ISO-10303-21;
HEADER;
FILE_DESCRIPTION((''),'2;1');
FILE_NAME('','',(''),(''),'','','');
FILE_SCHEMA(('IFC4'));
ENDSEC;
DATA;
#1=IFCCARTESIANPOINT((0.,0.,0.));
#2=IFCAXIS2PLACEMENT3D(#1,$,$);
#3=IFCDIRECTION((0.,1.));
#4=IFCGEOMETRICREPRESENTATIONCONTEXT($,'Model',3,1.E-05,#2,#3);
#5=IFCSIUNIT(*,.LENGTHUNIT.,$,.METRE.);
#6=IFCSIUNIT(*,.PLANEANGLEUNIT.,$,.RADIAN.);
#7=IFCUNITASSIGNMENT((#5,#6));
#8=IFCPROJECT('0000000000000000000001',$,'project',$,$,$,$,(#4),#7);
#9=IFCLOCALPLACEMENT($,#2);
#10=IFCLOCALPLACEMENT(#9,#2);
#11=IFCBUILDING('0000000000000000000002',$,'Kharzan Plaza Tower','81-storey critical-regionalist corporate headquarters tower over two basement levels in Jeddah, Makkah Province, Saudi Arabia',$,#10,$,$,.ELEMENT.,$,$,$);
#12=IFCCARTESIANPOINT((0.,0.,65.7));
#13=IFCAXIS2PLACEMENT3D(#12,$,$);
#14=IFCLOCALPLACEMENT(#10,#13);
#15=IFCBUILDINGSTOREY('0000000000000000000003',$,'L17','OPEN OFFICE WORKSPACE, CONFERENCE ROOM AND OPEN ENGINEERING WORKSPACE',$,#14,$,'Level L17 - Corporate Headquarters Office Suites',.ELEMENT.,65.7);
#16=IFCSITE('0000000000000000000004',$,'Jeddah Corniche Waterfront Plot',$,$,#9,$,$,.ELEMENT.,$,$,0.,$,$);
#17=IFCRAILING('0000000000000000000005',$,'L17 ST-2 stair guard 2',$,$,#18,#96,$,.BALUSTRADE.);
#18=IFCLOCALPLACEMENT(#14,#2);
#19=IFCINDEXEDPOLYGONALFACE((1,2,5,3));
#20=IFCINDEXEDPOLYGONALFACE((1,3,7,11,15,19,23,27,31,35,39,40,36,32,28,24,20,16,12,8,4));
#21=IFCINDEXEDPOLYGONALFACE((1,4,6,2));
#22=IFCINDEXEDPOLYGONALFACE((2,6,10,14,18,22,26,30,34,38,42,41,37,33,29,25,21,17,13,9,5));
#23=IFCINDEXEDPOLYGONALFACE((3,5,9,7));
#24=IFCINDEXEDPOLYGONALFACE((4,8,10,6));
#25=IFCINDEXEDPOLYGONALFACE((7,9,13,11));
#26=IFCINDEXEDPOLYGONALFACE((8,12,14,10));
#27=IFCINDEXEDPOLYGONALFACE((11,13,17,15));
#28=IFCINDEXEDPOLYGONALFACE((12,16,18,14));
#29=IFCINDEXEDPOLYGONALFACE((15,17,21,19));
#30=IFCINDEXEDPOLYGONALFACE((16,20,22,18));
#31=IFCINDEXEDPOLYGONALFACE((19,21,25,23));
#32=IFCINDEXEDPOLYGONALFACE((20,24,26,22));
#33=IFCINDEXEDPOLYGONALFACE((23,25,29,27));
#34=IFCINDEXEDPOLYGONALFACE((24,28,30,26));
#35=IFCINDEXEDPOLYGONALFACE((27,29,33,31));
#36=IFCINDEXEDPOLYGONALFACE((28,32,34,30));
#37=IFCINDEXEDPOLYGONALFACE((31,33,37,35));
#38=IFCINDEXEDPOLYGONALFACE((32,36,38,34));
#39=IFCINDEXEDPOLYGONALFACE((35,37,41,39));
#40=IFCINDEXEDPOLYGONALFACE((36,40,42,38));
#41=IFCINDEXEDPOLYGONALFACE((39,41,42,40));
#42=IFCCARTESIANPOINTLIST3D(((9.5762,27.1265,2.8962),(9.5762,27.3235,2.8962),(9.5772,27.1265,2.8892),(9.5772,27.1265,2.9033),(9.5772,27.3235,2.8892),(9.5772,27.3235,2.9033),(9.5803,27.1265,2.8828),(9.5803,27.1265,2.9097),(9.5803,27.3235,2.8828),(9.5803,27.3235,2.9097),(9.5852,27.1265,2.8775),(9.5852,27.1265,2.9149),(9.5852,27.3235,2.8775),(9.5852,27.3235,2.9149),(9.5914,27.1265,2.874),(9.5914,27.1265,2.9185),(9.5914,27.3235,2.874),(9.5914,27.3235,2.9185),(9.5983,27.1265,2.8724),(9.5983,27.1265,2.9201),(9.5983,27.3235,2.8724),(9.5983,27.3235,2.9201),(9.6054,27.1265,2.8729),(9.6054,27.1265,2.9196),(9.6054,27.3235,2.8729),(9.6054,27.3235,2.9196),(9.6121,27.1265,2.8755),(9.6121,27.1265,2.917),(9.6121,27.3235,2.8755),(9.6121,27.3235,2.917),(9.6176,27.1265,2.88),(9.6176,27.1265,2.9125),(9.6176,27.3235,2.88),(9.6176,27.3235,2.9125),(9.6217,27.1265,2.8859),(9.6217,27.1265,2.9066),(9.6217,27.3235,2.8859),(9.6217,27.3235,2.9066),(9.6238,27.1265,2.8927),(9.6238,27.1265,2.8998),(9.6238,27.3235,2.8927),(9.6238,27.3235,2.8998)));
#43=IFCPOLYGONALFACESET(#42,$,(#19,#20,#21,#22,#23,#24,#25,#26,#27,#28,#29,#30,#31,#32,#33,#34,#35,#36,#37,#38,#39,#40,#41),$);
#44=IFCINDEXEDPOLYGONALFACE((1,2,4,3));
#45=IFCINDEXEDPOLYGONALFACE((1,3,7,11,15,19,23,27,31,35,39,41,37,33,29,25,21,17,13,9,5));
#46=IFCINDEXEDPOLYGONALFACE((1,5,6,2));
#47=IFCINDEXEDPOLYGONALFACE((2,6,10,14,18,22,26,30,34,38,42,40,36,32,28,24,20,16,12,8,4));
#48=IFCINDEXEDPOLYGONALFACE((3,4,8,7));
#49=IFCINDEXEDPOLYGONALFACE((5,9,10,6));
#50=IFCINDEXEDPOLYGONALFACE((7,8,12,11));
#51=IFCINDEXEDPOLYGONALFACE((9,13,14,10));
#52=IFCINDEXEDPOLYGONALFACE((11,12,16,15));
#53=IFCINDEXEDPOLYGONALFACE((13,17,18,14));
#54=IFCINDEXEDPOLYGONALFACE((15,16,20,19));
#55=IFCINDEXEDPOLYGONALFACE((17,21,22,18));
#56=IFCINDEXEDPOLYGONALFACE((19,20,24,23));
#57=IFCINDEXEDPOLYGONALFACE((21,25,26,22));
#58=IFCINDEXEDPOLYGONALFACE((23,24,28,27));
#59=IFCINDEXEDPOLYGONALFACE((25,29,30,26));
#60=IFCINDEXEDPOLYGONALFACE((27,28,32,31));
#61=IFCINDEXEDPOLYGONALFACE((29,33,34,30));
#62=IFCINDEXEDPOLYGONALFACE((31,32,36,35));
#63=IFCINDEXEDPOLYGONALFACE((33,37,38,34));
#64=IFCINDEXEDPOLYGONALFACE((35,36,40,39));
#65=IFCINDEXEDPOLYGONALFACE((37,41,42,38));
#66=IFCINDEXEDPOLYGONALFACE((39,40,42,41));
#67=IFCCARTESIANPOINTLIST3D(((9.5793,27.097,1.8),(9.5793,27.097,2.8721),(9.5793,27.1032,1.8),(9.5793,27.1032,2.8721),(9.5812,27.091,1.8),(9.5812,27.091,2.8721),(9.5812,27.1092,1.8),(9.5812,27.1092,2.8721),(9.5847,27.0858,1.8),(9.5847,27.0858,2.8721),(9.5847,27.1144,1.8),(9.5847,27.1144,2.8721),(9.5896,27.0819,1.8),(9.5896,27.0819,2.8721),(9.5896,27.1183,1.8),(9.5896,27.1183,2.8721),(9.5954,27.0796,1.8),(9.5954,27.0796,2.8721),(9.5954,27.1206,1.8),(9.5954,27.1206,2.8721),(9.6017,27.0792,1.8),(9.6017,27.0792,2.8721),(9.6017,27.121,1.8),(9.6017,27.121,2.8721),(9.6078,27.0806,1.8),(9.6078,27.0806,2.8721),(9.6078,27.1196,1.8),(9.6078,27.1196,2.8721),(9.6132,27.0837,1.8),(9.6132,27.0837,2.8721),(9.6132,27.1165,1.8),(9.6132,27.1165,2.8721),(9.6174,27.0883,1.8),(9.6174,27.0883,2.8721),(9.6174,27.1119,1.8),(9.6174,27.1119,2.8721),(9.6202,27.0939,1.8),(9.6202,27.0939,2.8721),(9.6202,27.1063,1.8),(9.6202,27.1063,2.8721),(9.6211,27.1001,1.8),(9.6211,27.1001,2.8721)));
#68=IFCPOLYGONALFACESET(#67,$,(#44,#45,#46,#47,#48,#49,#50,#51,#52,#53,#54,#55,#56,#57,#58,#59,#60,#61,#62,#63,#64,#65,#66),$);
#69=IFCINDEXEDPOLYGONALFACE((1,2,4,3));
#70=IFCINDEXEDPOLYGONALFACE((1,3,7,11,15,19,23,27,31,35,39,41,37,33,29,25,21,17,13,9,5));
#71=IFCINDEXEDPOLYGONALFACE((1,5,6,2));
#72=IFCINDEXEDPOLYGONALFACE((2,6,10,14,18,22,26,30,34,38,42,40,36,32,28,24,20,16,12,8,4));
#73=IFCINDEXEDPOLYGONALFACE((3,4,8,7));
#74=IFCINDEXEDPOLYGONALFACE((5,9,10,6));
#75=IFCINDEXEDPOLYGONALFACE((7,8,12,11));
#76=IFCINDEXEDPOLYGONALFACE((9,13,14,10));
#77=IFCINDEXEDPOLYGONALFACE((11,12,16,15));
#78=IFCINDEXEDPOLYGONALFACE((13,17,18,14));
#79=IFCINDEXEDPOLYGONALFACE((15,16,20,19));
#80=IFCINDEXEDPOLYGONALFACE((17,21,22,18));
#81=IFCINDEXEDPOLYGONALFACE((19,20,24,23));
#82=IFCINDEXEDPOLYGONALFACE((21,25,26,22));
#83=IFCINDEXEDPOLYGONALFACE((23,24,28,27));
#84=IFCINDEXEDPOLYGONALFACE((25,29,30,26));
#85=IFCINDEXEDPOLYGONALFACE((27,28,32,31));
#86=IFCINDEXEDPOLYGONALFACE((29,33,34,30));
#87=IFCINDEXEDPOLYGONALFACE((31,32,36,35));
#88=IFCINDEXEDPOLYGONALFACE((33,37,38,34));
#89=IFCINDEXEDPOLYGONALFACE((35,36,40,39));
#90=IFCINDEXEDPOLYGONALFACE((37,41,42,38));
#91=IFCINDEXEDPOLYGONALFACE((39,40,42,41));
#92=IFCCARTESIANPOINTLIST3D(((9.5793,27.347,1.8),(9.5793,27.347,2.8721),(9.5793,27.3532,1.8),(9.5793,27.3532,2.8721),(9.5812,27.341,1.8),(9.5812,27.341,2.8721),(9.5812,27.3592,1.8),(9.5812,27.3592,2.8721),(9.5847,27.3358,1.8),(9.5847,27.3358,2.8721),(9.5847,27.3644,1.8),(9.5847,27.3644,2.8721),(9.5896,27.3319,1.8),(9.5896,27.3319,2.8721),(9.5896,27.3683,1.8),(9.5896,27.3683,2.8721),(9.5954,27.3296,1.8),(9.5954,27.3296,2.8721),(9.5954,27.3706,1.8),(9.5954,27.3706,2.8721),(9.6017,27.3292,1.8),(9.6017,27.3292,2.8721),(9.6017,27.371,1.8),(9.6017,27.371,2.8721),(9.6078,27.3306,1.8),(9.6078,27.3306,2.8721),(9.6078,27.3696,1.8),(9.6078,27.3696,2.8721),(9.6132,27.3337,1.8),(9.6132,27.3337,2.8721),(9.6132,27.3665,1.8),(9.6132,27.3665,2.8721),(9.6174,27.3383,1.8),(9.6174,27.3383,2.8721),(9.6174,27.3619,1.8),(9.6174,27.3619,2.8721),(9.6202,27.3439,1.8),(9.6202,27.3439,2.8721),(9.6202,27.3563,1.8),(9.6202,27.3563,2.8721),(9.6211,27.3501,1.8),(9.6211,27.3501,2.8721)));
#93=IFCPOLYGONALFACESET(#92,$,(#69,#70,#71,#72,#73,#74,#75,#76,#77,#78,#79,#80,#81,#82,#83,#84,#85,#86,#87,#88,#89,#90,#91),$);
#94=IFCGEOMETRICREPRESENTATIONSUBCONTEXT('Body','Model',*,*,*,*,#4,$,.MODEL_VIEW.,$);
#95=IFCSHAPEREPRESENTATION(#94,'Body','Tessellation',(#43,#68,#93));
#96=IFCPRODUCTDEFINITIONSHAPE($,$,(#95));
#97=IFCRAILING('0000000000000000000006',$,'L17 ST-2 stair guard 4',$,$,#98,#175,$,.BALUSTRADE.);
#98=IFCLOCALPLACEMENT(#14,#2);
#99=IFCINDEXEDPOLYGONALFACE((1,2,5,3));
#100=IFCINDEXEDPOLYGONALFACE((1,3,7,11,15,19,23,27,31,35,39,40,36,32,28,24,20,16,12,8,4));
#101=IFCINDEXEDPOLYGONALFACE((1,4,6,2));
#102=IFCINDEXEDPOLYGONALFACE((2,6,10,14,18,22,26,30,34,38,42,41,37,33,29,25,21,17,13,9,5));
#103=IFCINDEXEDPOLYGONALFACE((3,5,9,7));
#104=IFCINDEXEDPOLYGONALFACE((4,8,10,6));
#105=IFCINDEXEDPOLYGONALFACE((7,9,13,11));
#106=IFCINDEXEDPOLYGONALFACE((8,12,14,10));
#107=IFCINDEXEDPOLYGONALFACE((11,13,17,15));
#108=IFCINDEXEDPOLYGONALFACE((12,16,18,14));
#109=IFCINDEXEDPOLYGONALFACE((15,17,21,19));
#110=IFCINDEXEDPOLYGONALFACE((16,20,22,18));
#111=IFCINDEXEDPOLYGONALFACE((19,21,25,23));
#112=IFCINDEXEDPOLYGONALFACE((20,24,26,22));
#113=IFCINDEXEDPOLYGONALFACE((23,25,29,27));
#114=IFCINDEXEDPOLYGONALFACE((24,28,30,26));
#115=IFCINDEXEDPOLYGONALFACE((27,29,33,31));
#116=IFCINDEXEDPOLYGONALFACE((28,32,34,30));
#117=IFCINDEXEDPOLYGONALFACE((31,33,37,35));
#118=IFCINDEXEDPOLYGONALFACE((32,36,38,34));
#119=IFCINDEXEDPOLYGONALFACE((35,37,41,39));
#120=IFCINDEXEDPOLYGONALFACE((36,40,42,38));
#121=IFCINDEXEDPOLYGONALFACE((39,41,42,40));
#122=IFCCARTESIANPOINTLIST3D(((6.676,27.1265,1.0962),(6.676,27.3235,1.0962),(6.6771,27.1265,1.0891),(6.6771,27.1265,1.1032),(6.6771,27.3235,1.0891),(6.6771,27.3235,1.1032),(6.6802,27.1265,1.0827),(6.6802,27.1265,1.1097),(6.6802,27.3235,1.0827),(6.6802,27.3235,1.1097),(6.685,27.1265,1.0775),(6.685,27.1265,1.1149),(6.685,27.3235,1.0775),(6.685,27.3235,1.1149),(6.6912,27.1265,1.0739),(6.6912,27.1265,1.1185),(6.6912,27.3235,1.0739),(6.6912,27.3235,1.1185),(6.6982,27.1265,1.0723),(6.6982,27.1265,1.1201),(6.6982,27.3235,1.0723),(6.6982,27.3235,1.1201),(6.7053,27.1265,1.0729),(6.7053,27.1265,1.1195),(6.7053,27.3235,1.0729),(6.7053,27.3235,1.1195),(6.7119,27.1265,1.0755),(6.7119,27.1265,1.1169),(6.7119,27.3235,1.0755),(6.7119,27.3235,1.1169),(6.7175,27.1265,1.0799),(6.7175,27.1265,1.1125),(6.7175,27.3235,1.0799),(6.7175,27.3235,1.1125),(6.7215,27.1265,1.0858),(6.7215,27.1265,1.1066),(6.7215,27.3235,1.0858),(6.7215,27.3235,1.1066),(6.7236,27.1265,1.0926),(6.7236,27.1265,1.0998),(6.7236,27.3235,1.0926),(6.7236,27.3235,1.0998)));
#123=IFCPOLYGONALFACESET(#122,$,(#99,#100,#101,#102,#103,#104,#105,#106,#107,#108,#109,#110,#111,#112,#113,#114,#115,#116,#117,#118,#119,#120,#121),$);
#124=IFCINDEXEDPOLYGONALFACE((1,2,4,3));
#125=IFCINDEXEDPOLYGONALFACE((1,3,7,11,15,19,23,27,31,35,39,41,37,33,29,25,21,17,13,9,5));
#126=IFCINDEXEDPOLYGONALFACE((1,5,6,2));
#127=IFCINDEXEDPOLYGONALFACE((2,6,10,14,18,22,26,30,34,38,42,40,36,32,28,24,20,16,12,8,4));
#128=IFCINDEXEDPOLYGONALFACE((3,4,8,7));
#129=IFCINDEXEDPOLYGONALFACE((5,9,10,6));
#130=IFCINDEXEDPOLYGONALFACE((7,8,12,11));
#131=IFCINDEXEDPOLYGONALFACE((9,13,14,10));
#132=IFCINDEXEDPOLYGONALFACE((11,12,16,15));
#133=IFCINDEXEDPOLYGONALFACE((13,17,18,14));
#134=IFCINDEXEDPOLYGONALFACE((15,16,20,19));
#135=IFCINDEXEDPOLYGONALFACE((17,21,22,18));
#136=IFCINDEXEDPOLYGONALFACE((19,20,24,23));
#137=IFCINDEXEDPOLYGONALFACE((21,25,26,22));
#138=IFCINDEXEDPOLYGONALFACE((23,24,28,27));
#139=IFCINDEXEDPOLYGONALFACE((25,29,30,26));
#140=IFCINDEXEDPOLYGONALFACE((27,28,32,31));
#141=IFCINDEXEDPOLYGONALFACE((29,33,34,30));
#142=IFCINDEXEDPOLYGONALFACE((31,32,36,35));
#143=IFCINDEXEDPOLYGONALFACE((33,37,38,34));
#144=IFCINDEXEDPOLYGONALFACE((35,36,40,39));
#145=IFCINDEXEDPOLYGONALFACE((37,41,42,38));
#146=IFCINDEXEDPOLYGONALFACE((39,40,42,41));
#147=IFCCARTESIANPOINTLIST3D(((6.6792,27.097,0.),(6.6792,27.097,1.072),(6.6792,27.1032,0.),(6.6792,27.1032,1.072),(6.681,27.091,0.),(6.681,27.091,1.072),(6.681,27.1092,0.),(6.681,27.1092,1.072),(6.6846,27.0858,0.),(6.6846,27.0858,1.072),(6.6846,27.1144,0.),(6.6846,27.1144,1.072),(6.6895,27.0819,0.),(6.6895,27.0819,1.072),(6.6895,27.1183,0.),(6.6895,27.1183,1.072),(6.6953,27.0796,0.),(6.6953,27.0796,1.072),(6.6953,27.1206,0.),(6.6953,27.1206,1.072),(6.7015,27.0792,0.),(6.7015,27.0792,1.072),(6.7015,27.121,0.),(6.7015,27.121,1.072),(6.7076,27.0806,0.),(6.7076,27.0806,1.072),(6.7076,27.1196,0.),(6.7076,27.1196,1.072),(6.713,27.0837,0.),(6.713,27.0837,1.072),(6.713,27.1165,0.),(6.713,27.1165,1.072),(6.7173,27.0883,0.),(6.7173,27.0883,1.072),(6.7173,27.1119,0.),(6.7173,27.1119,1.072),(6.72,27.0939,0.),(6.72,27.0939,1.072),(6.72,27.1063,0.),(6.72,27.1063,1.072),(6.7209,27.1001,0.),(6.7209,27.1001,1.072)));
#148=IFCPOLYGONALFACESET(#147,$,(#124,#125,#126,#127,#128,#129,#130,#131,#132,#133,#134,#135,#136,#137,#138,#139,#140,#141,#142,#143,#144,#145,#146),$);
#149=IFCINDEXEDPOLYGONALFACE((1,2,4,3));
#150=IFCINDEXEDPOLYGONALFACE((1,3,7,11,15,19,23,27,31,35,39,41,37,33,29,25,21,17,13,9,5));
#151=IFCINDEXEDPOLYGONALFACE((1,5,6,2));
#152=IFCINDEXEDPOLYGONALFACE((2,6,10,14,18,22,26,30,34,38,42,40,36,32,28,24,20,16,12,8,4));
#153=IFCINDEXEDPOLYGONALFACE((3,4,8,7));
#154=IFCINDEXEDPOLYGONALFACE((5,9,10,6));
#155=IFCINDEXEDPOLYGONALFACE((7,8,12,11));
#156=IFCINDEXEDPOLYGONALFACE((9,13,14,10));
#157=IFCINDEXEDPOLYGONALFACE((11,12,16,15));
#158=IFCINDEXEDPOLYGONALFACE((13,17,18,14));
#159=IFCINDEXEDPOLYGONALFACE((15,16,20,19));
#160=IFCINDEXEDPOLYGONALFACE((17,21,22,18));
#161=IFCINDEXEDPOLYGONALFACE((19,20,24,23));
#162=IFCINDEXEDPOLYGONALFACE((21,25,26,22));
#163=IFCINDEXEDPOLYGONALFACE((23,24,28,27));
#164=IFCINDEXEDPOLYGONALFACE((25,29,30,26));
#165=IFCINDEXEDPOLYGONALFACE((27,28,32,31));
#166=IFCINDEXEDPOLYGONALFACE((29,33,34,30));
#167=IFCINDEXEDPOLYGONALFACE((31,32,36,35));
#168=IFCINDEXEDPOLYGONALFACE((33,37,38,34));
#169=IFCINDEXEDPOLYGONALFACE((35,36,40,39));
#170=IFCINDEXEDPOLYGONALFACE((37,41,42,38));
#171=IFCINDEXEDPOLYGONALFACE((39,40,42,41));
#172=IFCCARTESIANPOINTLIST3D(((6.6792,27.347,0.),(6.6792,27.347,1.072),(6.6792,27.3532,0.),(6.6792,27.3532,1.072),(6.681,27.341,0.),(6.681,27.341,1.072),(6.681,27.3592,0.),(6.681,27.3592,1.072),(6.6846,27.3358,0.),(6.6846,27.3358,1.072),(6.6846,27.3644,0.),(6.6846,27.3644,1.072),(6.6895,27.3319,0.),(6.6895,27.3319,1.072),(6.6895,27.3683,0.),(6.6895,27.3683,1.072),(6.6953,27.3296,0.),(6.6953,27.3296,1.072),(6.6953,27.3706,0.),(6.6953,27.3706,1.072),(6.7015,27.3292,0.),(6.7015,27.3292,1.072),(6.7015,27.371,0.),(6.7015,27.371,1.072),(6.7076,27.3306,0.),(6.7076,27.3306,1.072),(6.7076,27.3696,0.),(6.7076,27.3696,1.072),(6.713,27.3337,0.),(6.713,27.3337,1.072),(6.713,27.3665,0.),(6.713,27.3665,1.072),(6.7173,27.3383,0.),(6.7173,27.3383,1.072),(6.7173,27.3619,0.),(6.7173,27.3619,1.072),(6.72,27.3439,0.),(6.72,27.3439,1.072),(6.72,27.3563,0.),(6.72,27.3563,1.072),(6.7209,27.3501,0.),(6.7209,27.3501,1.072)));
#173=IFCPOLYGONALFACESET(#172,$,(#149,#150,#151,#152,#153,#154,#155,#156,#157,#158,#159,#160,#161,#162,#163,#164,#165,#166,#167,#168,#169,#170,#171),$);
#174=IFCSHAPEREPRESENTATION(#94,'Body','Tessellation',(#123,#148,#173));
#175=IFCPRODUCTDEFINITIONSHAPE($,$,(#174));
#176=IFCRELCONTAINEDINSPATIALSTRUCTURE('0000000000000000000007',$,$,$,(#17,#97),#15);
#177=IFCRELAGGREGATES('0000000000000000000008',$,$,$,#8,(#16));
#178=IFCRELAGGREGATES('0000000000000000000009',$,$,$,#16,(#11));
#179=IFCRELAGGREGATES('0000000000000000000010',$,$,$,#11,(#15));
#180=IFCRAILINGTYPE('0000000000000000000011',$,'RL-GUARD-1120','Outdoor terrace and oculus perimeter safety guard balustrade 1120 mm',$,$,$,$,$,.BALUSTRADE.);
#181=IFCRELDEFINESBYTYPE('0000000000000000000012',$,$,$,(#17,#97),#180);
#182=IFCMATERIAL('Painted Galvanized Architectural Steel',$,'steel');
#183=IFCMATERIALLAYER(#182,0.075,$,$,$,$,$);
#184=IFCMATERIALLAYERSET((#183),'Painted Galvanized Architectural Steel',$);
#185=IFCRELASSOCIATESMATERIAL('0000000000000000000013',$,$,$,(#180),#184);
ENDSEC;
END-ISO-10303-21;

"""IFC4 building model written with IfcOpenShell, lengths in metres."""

from ifc_helpers import new_model, si_unit, direction, frame, origin, origin_2d, place, context, subcontext, project, spatial, circle, extrude, source, transform, mapped, material, layer, layer_set, type_object, element, save


model = new_model("IFC4")

# Units and contexts
model_context = context("Model", 3, precision=1e-05, world=origin(), true_north=direction((0.0, 1.0)))
body_context = subcontext(model_context, "Body", "Model", "MODEL_VIEW")
ifc_project = project(units=[si_unit("LENGTHUNIT", "METRE"), si_unit("PLANEANGLEUNIT", "RADIAN")], contexts=[model_context])

# Site, building, storey
site_placement = place(None, origin())
site = spatial("IfcSite", under=ifc_project, at=site_placement, Name="Jeddah Corniche Waterfront Plot", CompositionType="ELEMENT", RefElevation=0.0)
building_placement = place(site_placement, origin())
building = spatial("IfcBuilding", under=site, at=building_placement, Name="Kharzan Plaza Tower", Description="81-storey critical-regionalist corporate headquarters tower over two basement levels in Jeddah, Makkah Province, Saudi Arabia", CompositionType="ELEMENT")
storey_placement = place(building_placement, frame((0.0, 0.0, 65.7)))
storey = spatial("IfcBuildingStorey", under=building, at=storey_placement, Name="L17", Description="OPEN OFFICE WORKSPACE, CONFERENCE ROOM AND OPEN ENGINEERING WORKSPACE", LongName="Level L17 - Corporate Headquarters Office Suites", CompositionType="ELEMENT", Elevation=65.7)

# Railings
ifc_material_1 = material(Name="Painted Galvanized Architectural Steel", Category="steel")
ifc_layer_1 = layer(ifc_material_1, 0.075)
ifc_layer_set_1 = layer_set([ifc_layer_1], Name="Painted Galvanized Architectural Steel")
railing_type_1 = type_object("IfcRailingType", Name="RL-GUARD-1120", Description="Outdoor terrace and oculus perimeter safety guard balustrade 1120 mm", PredefinedType="BALUSTRADE", material=ifc_layer_set_1)
shared_shape_1 = source(origin(), body_context, "Body", "SweptSolid", [
    extrude(circle(Radius=0.0239, at=origin_2d()), frame((0.0, 0.0264, 1.0962), z_axis=(0.0, 1.0, 0.0), x_axis=(-1.0, 0.0, 0.0)), (0.0, 0.0, 1.0), 0.197),
    extrude(circle(Radius=0.021, at=origin_2d()), origin(), (0.0, 0.0, 1.0), 1.072),
    extrude(circle(Radius=0.021, at=origin_2d()), frame((0.0, 0.25, 0.0)), (0.0, 0.0, 1.0), 1.072),
])
for number, where, name in (
    (1, (9.6001, 27.1001, 1.8), "L17 ST-2 stair guard 2"),
    (2, (6.7, 27.1001, 0.0), "L17 ST-2 stair guard 4"),
):
    element("IfcRailing", number, at=place(storey_placement, frame(where)), inside=storey, type_object=railing_type_1, Name=name, PredefinedType="BALUSTRADE", context=body_context, shape_type="MappedRepresentation", body=[
        mapped(shared_shape_1, transform((0.0, 0.0, 0.0), x_axis=(1.0, 0.0, 0.0), y_axis=(0.0, 1.0, 0.0), z_axis=(0.0, 0.0, 1.0))),
    ])

save(model, "model.ifc")
